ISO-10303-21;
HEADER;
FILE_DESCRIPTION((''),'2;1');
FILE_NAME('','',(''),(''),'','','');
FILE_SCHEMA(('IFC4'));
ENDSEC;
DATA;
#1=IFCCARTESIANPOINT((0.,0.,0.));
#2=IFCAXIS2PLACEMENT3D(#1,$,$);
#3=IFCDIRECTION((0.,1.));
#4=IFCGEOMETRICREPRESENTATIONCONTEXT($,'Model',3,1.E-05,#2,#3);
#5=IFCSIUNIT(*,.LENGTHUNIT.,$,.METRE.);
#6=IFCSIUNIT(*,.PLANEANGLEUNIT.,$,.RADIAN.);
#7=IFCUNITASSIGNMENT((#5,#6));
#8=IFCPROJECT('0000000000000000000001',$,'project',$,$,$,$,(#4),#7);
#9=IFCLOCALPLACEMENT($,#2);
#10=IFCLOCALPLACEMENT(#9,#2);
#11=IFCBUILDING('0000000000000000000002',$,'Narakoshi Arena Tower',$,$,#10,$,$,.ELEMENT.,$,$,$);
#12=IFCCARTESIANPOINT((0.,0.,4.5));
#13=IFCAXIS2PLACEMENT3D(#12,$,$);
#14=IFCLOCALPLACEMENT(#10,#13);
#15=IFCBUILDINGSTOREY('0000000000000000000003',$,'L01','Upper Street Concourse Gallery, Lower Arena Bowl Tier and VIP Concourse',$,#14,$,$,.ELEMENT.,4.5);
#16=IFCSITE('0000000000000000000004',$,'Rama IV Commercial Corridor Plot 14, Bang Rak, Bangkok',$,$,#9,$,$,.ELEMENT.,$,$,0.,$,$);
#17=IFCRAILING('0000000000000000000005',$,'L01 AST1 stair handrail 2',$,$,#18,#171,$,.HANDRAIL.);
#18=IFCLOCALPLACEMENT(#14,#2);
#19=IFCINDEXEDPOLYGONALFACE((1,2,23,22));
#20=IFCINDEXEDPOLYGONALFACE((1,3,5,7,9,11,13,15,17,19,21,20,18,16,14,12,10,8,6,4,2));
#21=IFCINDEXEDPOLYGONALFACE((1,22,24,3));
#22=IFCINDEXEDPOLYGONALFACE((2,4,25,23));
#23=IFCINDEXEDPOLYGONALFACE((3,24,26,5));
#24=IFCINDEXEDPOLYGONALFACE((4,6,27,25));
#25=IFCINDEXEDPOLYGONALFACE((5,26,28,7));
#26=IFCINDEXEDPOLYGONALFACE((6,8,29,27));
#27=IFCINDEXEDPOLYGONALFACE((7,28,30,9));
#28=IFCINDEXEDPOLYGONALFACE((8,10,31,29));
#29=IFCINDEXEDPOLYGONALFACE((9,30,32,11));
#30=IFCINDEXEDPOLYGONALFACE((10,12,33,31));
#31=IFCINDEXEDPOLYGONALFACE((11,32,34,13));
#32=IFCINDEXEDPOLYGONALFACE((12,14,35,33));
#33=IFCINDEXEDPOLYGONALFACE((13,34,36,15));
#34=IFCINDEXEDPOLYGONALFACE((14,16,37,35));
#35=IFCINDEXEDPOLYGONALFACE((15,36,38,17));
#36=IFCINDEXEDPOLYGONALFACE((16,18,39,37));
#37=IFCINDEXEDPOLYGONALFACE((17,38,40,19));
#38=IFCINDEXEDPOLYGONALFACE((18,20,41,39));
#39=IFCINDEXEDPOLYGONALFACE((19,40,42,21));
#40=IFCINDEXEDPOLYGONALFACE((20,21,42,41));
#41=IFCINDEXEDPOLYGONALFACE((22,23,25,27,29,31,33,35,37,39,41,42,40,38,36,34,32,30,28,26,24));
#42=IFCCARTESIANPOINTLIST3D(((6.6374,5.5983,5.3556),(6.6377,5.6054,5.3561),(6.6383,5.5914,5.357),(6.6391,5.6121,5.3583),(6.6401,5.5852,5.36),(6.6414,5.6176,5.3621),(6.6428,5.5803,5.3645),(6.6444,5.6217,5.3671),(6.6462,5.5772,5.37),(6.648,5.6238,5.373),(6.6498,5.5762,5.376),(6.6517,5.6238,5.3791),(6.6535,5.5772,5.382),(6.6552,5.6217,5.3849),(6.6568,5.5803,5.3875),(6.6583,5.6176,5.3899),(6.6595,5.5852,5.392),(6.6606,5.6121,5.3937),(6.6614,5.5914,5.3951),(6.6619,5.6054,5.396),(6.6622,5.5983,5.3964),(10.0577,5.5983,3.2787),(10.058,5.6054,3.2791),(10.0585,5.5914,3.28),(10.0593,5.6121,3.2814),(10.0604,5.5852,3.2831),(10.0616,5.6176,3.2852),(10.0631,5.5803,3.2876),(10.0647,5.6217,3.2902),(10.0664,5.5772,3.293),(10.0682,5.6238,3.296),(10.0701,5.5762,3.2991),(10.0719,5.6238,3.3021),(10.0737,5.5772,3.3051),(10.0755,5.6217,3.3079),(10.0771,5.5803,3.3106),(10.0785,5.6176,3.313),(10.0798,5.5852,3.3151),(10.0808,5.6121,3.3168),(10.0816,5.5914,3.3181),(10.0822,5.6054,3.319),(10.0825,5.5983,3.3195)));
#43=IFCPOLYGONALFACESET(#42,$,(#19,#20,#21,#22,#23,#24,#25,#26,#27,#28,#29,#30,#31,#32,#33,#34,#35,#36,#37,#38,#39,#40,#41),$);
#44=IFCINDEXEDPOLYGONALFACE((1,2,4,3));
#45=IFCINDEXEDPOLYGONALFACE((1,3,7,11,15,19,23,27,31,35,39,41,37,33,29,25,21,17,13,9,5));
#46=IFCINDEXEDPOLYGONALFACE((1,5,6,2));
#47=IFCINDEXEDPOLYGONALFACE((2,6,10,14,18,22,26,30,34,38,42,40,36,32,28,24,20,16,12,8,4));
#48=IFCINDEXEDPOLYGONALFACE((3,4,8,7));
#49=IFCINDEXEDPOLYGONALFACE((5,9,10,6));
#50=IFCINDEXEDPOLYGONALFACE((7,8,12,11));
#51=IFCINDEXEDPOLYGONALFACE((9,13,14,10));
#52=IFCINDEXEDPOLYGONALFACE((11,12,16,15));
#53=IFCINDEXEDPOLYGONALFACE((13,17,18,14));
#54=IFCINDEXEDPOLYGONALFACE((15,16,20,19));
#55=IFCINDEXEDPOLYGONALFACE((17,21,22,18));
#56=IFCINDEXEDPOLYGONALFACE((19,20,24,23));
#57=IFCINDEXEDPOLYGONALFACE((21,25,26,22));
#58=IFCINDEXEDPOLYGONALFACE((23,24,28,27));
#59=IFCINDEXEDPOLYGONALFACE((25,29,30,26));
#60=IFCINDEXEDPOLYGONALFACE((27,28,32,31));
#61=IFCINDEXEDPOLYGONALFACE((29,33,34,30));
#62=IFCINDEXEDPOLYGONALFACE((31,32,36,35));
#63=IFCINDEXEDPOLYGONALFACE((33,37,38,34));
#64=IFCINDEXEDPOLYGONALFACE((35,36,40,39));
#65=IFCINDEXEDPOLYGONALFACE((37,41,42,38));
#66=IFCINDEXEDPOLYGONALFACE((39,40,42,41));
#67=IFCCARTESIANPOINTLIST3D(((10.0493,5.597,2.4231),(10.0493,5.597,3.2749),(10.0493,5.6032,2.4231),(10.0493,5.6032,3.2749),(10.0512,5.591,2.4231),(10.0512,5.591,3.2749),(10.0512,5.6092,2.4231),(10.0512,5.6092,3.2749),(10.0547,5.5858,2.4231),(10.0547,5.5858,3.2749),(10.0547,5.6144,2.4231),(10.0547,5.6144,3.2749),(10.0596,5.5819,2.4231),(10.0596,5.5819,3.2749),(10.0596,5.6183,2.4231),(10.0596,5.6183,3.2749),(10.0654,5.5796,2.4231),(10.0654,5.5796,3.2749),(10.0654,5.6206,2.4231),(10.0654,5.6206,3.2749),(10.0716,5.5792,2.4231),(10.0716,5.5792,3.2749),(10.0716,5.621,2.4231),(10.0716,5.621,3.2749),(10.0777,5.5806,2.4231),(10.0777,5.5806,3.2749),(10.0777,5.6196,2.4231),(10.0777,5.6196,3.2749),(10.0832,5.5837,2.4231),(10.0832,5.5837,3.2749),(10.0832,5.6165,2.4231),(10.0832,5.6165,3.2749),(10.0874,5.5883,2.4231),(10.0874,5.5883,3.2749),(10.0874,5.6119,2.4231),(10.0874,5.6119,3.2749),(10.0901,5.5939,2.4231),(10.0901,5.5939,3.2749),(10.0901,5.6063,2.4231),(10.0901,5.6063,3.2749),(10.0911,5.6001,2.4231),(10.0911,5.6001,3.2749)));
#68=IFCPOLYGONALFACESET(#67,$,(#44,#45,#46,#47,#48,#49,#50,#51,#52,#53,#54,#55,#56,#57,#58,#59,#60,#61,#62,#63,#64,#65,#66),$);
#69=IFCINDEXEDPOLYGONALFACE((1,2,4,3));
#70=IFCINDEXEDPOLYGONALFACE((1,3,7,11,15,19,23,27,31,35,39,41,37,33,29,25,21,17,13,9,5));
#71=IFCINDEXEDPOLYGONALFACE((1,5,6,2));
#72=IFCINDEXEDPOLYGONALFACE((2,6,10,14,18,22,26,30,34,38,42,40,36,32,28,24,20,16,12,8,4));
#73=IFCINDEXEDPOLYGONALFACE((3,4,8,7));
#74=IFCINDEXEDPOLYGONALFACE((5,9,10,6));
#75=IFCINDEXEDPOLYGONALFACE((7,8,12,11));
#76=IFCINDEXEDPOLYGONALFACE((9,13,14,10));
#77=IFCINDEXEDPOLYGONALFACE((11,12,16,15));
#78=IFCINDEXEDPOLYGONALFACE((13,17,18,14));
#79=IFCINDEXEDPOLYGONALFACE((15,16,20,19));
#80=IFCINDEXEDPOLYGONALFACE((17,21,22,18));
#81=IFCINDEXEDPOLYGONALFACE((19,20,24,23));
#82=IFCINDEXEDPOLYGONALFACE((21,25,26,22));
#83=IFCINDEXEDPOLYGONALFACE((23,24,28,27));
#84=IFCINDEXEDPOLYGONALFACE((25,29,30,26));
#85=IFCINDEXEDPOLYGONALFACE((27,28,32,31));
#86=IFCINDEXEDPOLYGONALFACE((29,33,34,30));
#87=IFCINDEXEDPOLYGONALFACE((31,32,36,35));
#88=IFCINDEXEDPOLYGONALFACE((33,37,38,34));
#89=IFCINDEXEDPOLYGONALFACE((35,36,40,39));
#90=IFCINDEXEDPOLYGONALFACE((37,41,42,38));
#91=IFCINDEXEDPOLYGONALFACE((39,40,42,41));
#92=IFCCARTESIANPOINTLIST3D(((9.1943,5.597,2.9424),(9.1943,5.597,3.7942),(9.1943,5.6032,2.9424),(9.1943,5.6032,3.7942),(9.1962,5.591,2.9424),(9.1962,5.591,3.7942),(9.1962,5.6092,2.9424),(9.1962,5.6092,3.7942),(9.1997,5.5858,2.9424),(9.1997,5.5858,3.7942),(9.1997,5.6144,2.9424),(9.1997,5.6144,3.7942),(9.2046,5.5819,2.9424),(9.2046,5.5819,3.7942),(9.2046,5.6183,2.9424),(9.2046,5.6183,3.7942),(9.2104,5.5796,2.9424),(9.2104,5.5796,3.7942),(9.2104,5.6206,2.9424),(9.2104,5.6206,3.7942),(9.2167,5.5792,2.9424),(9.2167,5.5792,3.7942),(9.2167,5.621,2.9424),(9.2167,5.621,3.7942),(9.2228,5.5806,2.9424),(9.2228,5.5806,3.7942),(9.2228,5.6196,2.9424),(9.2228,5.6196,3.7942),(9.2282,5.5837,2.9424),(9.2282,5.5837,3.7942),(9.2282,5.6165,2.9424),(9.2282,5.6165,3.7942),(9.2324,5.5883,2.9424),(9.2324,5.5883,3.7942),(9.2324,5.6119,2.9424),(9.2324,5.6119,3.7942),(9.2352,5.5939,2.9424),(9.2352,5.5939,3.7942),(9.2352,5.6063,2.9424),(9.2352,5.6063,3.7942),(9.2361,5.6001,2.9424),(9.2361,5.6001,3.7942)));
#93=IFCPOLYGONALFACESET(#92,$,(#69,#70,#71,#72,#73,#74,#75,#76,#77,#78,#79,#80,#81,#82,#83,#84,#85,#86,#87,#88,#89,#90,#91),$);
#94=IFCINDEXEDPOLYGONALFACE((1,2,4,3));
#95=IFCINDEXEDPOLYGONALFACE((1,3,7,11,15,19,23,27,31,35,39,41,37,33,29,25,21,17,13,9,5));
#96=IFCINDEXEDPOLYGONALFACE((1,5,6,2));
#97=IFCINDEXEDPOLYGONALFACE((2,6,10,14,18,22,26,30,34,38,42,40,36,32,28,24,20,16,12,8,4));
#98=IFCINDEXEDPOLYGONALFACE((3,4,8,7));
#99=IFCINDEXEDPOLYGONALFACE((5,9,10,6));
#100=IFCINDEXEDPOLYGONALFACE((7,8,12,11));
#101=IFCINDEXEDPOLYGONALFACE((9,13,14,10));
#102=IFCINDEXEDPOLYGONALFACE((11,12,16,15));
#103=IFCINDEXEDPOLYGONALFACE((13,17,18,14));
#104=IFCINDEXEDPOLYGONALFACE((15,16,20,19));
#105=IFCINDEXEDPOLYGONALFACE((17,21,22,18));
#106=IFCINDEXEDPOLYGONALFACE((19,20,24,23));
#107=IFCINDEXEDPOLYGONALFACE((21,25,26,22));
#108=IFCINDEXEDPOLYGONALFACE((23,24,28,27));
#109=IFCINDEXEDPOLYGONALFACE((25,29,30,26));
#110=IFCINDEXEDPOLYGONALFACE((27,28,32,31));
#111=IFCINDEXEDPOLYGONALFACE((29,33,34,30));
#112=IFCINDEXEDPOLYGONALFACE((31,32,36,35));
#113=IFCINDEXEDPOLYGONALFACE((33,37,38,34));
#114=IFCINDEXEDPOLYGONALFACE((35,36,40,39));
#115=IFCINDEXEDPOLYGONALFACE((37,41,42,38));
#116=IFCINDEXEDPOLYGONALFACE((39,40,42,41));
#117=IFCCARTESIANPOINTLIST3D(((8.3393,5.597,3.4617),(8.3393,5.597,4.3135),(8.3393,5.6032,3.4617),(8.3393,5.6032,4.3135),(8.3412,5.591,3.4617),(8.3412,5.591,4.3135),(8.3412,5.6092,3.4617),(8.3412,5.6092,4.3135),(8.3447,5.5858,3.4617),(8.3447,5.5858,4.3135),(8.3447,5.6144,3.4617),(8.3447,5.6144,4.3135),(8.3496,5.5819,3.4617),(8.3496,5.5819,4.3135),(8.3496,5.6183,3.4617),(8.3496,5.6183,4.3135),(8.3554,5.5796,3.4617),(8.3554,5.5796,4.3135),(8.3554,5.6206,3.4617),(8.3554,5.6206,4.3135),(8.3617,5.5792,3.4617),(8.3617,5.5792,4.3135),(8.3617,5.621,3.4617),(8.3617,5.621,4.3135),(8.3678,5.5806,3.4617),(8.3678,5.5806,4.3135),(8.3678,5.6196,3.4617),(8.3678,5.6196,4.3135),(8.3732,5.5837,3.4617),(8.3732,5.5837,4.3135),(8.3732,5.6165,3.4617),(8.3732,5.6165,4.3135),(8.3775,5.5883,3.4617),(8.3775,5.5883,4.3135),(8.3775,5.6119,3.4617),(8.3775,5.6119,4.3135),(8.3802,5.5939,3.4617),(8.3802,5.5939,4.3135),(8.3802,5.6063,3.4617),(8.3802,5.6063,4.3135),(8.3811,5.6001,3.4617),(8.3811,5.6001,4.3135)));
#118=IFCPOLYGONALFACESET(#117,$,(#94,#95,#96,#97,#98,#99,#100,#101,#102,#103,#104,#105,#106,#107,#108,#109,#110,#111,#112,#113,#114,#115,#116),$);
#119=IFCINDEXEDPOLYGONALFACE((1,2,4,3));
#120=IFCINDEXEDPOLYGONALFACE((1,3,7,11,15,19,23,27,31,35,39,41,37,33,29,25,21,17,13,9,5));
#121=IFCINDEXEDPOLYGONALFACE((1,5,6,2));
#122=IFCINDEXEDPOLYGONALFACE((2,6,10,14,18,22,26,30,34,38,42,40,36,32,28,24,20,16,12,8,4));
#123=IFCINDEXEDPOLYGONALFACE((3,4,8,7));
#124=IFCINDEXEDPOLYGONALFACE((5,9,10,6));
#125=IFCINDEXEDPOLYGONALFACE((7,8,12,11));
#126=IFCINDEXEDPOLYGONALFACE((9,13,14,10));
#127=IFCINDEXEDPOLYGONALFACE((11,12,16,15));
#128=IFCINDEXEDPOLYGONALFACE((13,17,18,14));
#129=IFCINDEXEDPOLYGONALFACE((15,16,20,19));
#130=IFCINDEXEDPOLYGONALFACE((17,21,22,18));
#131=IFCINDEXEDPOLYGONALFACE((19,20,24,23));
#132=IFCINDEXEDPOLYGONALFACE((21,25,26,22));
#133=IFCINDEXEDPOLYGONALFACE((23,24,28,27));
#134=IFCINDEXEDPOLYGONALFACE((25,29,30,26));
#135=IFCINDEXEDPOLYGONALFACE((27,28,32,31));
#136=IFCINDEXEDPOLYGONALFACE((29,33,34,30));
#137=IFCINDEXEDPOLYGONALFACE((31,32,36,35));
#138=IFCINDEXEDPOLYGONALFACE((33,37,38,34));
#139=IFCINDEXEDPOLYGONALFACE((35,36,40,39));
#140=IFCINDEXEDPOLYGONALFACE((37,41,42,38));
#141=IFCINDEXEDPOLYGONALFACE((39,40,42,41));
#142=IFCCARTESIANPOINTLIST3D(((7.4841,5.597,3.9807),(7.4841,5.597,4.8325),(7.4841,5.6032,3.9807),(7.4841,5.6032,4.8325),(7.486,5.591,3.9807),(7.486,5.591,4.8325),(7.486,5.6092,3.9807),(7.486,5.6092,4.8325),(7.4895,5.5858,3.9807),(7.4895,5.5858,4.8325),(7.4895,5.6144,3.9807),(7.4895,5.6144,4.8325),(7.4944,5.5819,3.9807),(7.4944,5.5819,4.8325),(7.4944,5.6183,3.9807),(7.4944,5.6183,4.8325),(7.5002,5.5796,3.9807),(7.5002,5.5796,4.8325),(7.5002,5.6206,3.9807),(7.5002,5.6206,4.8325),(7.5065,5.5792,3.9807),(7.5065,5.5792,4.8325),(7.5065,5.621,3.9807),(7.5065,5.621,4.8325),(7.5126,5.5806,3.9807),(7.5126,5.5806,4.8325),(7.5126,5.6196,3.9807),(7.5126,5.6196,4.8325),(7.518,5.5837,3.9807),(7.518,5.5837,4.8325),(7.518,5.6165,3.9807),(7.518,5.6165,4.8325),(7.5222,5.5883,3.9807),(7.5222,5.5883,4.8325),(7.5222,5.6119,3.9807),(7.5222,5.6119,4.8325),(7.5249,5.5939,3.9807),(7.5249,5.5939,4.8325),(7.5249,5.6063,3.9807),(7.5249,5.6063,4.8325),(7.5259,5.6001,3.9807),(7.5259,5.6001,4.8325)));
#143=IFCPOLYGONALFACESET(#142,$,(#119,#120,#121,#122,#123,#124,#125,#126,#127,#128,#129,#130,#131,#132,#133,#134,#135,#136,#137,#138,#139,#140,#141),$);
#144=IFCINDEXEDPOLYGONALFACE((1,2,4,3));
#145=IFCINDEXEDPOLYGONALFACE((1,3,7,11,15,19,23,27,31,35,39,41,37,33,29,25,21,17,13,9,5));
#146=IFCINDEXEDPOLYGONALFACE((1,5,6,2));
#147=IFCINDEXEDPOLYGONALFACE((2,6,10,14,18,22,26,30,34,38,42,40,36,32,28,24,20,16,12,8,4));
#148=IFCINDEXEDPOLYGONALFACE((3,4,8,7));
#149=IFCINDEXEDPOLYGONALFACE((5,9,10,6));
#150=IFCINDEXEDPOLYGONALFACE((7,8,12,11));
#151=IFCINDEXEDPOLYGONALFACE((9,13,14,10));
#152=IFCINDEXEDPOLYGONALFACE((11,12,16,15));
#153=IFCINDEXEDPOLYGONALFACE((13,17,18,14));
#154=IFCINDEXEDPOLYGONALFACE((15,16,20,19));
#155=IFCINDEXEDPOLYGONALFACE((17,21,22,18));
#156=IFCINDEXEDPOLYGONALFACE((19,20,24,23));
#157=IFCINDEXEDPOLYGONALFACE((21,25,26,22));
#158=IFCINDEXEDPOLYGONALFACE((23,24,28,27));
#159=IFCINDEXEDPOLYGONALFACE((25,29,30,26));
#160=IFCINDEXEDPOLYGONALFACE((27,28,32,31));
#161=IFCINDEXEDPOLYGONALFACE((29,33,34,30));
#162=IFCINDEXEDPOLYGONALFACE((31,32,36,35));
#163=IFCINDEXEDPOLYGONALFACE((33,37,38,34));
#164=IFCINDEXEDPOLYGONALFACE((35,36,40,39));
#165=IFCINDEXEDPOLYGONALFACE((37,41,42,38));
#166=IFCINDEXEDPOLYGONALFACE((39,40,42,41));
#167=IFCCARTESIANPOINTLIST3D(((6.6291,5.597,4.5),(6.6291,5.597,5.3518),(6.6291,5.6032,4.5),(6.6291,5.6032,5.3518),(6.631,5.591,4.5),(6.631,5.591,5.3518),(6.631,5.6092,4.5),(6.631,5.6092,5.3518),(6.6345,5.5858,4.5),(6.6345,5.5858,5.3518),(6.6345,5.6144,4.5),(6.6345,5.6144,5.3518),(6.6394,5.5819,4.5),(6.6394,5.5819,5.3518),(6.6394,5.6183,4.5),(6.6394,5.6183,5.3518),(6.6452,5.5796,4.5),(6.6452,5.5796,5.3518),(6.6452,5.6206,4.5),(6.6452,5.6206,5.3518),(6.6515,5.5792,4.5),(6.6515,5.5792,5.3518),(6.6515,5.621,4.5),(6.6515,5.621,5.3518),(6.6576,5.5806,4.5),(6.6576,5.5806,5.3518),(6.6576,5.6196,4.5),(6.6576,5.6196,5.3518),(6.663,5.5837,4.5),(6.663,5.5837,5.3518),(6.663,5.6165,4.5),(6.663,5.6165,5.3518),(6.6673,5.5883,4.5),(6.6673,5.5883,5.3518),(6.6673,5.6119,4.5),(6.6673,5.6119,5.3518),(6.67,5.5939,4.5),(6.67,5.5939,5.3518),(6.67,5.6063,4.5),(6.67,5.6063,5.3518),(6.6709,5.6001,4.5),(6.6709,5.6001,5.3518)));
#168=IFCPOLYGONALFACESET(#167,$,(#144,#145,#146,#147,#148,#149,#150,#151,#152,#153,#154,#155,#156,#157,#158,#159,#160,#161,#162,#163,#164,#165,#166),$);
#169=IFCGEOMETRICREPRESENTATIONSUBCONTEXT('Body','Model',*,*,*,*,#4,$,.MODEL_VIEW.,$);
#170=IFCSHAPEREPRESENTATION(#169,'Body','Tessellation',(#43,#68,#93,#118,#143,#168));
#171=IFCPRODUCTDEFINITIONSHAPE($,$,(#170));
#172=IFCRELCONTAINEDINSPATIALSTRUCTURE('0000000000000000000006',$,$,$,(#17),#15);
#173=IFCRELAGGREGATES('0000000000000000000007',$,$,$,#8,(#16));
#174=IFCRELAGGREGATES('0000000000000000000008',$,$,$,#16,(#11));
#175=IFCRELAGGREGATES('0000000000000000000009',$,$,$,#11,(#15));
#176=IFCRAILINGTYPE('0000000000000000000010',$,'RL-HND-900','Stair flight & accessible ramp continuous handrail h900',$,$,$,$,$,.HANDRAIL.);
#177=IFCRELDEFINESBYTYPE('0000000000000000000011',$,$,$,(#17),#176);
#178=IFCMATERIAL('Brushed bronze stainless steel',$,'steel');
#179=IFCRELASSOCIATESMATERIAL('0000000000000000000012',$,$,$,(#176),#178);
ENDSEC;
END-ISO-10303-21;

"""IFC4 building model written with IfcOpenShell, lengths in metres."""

from ifc_helpers import new_model, si_unit, direction, frame, origin, origin_2d, place, context, subcontext, project, spatial, circle, extrude, material, type_object, element, save


model = new_model("IFC4")

# Units and contexts
model_context = context("Model", 3, precision=1e-05, world=origin(), true_north=direction((0.0, 1.0)))
body_context = subcontext(model_context, "Body", "Model", "MODEL_VIEW")
ifc_project = project(units=[si_unit("LENGTHUNIT", "METRE"), si_unit("PLANEANGLEUNIT", "RADIAN")], contexts=[model_context])

# Site, building, storey
site_placement = place(None, origin())
site = spatial("IfcSite", under=ifc_project, at=site_placement, Name="Rama IV Commercial Corridor Plot 14, Bang Rak, Bangkok", CompositionType="ELEMENT", RefElevation=0.0)
building_placement = place(site_placement, origin())
building = spatial("IfcBuilding", under=site, at=building_placement, Name="Narakoshi Arena Tower", CompositionType="ELEMENT")
storey_placement = place(building_placement, frame((0.0, 0.0, 4.5)))
storey = spatial("IfcBuildingStorey", under=building, at=storey_placement, Name="L01", Description="Upper Street Concourse Gallery, Lower Arena Bowl Tier and VIP Concourse", CompositionType="ELEMENT", Elevation=4.5)

# Railing
ifc_material_1 = material(Name="Brushed bronze stainless steel", Category="steel")
railing_type_1 = type_object("IfcRailingType", Name="RL-HND-900", Description="Stair flight & accessible ramp continuous handrail h900", PredefinedType="HANDRAIL", material=ifc_material_1)
for number, where, name in (
    (1, (10.0701, 5.6001, 2.4231), "L01 AST1 stair handrail 2"),
):
    element("IfcRailing", number, at=place(storey_placement, frame(where)), inside=storey, type_object=railing_type_1, Name=name, PredefinedType="HANDRAIL", context=body_context, shape_type="SweptSolid", body=[
        extrude(circle(Radius=0.0239, at=origin_2d()), frame((0.0, 0.0, 0.876), z_axis=(-0.854746, 0.0, 0.519047), x_axis=(0.0, -1.0, 0.0)), (0.0, 0.0, 1.0), 4.0015),
        extrude(circle(Radius=0.021, at=origin_2d()), origin(), (0.0, 0.0, 1.0), 0.8518),
        extrude(circle(Radius=0.021, at=origin_2d()), frame((-0.855, 0.0, 0.5193)), (0.0, 0.0, 1.0), 0.8518),
        extrude(circle(Radius=0.021, at=origin_2d()), frame((-1.71, 0.0, 1.0386)), (0.0, 0.0, 1.0), 0.8518),
        extrude(circle(Radius=0.021, at=origin_2d()), frame((-2.5652, 0.0, 1.5576)), (0.0, 0.0, 1.0), 0.8518),
        extrude(circle(Radius=0.021, at=origin_2d()), frame((-3.4202, 0.0, 2.0769)), (0.0, 0.0, 1.0), 0.8518),
    ])

save(model, "model.ifc")
